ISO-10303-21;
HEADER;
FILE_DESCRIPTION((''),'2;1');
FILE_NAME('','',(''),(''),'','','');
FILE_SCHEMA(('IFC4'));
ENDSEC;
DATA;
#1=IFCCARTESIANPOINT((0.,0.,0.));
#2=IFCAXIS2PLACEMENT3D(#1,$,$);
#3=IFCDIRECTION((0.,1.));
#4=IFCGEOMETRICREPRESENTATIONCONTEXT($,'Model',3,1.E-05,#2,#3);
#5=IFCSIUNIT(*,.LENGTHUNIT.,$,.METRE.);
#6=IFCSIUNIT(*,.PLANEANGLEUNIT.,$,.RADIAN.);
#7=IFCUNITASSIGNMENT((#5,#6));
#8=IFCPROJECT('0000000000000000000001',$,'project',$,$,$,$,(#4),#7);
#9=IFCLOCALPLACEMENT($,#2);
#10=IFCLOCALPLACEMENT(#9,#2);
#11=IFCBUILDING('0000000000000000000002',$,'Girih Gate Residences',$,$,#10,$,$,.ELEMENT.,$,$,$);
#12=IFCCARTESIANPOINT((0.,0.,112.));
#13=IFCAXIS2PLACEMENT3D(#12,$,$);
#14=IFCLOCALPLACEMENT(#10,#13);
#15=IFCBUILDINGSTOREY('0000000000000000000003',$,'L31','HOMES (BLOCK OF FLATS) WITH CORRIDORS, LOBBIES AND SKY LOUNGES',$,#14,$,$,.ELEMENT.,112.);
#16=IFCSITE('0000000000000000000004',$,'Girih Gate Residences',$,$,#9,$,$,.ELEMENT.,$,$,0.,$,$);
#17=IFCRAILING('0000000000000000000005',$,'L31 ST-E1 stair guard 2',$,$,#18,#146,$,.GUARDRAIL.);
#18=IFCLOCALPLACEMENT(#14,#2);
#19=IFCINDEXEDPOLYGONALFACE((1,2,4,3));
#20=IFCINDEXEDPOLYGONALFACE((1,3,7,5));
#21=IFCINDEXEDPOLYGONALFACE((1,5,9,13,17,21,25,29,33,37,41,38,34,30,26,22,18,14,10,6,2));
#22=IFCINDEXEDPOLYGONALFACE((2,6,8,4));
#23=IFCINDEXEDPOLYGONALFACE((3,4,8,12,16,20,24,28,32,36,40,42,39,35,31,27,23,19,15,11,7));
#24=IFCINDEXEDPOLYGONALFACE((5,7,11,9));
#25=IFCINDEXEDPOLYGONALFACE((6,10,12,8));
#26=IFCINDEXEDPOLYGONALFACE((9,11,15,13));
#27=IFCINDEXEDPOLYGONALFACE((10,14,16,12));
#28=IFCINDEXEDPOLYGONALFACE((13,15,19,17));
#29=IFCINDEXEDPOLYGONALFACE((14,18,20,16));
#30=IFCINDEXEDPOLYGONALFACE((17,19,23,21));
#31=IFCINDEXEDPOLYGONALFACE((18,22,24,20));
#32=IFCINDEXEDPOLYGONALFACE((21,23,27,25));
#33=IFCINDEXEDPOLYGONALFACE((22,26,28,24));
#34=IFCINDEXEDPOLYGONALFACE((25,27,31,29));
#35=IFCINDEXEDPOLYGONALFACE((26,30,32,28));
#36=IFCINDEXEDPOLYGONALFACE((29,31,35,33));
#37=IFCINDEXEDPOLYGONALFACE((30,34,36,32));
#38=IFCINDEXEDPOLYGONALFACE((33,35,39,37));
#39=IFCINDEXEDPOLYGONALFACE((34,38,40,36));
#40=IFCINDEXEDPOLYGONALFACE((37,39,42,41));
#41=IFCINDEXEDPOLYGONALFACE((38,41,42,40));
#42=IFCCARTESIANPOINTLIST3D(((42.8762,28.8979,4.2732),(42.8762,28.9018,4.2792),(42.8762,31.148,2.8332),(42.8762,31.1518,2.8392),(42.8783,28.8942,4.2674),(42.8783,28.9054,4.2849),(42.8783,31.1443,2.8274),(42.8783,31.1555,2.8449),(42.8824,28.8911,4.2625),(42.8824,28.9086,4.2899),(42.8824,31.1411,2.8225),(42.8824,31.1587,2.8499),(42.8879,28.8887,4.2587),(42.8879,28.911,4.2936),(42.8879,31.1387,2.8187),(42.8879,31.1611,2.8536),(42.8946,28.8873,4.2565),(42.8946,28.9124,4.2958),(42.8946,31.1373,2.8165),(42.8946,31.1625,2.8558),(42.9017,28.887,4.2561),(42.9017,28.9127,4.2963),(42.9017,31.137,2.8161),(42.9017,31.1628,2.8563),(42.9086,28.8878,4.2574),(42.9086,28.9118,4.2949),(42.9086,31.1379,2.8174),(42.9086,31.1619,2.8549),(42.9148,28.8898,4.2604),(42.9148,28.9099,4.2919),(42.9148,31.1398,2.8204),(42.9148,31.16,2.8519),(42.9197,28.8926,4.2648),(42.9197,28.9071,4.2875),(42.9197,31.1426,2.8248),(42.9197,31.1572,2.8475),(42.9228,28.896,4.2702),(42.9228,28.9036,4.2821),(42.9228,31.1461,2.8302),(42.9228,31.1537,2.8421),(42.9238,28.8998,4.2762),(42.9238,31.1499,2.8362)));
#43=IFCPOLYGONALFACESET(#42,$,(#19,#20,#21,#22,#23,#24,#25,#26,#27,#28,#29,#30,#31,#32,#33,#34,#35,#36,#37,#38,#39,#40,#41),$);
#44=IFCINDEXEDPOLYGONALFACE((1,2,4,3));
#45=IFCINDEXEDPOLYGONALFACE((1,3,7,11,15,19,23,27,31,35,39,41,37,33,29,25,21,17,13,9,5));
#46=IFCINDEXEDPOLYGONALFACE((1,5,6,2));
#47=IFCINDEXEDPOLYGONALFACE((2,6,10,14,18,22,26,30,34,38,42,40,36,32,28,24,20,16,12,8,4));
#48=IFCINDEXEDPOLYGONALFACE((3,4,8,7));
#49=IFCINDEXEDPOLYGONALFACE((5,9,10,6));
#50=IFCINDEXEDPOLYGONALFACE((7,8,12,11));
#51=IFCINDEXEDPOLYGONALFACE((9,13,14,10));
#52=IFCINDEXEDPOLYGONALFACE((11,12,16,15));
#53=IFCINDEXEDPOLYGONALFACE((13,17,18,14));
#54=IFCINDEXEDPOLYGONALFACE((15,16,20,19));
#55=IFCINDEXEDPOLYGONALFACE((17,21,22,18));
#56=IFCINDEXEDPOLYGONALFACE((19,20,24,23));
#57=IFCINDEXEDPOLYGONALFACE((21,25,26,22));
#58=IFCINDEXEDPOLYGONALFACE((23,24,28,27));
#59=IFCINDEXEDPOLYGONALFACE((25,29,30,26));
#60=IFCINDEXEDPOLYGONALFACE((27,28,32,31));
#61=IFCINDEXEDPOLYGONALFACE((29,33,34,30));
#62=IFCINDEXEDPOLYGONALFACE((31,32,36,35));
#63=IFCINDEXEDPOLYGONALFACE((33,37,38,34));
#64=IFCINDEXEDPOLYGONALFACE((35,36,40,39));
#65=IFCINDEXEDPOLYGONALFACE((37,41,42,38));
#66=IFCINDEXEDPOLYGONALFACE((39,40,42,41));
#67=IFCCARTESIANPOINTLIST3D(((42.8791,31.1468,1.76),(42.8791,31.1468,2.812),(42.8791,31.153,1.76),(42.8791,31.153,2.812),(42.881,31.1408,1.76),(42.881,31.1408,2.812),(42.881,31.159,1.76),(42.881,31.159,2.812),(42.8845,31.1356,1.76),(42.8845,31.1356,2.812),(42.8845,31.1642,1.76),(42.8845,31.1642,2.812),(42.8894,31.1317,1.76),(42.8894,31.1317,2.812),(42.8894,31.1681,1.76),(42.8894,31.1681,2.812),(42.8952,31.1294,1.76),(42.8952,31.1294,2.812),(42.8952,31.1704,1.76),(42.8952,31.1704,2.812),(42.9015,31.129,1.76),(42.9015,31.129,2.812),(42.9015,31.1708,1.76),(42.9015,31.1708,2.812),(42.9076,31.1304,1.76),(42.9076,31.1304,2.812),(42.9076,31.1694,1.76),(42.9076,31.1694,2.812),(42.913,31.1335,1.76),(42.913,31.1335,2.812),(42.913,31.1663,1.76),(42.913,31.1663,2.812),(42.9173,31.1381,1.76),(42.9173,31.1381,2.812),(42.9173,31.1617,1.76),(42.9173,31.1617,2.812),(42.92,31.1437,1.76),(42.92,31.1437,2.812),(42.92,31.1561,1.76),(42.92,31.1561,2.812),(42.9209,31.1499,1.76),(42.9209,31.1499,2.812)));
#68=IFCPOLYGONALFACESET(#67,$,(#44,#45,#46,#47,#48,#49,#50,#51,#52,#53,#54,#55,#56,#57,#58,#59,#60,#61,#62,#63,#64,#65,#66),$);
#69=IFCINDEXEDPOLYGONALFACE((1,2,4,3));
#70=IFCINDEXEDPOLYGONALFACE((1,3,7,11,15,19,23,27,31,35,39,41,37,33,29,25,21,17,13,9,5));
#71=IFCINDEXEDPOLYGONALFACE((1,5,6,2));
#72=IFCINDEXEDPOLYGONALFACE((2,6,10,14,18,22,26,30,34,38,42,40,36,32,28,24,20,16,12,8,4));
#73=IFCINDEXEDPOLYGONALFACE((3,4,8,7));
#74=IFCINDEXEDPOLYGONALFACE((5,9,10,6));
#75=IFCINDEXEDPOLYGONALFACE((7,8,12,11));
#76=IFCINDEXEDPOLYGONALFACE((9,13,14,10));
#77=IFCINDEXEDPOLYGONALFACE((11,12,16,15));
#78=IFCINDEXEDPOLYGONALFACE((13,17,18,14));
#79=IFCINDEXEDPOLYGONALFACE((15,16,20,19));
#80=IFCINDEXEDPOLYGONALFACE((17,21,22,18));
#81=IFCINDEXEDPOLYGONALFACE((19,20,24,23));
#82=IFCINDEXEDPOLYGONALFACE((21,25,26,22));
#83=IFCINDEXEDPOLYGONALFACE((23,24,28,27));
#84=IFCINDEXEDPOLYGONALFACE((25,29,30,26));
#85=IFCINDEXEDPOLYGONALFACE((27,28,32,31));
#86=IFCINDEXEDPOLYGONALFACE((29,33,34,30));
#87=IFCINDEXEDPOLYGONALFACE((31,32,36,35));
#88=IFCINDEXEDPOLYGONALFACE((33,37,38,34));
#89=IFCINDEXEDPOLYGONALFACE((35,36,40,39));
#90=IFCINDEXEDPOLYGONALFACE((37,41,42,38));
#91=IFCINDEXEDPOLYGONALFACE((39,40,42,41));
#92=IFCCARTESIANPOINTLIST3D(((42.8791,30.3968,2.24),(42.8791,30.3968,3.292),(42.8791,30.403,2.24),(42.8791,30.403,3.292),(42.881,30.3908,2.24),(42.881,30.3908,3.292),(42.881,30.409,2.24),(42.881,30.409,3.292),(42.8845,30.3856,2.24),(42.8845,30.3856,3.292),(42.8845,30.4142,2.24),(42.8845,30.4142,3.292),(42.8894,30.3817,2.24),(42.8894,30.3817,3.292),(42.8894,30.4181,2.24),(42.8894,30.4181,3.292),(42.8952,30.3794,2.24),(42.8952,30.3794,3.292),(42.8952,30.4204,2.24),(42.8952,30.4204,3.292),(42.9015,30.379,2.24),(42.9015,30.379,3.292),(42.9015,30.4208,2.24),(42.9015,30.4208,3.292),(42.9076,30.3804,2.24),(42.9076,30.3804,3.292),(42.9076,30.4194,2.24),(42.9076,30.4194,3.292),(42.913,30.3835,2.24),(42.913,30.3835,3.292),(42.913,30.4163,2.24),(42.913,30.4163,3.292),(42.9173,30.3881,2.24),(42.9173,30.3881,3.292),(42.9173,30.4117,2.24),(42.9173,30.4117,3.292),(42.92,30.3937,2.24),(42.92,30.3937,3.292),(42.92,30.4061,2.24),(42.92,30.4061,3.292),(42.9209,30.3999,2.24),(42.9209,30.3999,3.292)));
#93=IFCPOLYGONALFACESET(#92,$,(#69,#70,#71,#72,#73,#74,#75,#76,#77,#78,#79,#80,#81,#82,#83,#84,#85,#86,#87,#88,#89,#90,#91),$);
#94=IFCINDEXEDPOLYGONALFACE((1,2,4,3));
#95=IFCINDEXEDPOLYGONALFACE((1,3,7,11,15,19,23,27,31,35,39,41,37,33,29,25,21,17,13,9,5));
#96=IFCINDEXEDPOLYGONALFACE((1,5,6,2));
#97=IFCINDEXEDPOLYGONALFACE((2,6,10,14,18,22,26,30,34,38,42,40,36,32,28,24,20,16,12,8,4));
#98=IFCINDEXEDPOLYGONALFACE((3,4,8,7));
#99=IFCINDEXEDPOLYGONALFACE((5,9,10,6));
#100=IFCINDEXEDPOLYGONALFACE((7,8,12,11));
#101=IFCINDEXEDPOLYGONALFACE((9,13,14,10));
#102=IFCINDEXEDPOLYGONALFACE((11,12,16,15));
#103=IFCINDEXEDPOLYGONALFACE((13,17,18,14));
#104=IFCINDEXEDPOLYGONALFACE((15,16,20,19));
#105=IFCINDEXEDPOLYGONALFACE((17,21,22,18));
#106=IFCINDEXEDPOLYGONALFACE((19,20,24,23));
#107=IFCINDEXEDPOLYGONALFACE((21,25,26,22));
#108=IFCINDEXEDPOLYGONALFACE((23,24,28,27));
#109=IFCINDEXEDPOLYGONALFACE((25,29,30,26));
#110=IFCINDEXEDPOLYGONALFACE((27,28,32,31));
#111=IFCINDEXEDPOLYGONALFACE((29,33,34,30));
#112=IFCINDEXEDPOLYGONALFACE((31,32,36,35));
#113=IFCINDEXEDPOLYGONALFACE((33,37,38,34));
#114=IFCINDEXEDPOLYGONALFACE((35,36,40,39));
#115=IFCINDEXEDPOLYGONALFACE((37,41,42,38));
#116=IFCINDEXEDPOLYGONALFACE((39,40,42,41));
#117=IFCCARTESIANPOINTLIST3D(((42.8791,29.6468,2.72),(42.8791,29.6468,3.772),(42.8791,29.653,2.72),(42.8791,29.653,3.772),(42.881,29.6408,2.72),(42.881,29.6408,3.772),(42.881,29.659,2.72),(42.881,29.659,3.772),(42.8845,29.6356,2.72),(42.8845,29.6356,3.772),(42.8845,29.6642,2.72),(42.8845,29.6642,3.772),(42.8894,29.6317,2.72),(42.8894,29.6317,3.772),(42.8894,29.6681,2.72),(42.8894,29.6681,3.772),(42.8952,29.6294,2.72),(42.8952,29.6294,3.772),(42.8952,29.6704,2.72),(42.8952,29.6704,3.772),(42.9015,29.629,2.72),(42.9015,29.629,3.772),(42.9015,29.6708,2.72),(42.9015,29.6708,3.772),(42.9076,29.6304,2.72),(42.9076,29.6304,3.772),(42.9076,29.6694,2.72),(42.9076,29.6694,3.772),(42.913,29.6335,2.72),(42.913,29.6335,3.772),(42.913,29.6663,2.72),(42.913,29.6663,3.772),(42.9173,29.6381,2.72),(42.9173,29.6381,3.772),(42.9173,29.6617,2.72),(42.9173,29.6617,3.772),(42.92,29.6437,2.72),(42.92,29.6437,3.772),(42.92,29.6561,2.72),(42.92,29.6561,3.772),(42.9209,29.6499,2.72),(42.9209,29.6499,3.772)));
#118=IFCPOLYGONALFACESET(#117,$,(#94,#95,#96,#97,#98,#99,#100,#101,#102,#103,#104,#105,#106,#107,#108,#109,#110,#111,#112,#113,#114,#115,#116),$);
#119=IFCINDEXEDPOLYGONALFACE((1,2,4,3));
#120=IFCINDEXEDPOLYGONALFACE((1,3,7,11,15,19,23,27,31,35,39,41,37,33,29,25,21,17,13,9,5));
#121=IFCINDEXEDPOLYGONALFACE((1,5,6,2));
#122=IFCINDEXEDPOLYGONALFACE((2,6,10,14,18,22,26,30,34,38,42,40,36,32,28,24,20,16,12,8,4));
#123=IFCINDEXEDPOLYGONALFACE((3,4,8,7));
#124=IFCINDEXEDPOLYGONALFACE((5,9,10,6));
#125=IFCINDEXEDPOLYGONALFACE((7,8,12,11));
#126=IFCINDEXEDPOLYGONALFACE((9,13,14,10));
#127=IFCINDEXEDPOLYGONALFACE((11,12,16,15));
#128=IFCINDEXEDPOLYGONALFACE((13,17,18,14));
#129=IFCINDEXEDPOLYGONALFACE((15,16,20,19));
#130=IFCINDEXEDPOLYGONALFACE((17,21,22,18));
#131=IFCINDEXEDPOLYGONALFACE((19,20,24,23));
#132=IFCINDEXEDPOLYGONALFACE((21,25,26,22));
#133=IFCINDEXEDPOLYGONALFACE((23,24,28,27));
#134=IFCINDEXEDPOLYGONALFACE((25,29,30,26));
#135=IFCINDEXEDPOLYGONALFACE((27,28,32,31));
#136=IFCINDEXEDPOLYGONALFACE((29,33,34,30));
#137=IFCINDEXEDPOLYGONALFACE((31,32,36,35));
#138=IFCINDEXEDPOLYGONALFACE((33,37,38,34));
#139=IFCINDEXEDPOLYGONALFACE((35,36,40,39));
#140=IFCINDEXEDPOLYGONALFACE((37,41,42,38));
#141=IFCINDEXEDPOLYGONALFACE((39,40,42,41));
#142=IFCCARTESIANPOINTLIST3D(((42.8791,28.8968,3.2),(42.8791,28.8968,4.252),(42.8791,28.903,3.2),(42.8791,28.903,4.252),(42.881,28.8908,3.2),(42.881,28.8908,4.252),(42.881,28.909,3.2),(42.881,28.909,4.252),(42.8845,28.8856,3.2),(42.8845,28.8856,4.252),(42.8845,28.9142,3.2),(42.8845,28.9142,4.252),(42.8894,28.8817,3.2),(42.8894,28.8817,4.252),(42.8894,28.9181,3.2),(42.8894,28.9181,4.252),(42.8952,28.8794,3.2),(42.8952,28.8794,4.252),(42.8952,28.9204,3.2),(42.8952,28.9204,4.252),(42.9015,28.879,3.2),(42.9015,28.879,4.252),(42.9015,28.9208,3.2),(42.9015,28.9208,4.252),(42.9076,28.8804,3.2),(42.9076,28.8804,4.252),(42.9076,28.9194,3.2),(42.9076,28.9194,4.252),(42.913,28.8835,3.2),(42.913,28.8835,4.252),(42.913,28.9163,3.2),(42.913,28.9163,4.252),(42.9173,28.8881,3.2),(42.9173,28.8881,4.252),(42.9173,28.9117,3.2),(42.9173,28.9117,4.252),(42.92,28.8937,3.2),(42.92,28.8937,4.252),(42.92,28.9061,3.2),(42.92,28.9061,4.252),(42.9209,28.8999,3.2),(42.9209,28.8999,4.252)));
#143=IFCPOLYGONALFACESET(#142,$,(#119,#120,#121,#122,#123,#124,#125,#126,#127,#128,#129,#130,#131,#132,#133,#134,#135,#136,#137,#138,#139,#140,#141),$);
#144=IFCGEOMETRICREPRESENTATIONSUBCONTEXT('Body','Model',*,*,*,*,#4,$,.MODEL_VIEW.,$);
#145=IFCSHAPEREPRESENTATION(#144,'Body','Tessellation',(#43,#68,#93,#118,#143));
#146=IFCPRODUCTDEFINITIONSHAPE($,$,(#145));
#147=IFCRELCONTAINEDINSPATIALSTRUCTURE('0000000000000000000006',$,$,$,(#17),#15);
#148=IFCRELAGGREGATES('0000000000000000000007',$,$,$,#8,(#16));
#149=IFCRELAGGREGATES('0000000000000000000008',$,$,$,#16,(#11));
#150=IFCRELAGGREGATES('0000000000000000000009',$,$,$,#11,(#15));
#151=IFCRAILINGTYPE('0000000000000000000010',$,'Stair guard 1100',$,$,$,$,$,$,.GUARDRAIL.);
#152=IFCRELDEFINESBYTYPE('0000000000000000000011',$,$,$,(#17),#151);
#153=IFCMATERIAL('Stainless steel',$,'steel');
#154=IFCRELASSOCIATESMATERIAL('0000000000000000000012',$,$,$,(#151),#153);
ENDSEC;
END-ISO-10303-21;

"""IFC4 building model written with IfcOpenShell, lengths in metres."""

from ifc_helpers import new_model, si_unit, direction, frame, origin, origin_2d, place, context, subcontext, project, spatial, circle, extrude, material, type_object, element, save


model = new_model("IFC4")

# Units and contexts
model_context = context("Model", 3, precision=1e-05, world=origin(), true_north=direction((0.0, 1.0)))
body_context = subcontext(model_context, "Body", "Model", "MODEL_VIEW")
ifc_project = project(units=[si_unit("LENGTHUNIT", "METRE"), si_unit("PLANEANGLEUNIT", "RADIAN")], contexts=[model_context])

# Site, building, storey
site_placement = place(None, origin())
site = spatial("IfcSite", under=ifc_project, at=site_placement, Name="Girih Gate Residences", CompositionType="ELEMENT", RefElevation=0.0)
building_placement = place(site_placement, origin())
building = spatial("IfcBuilding", under=site, at=building_placement, Name="Girih Gate Residences", CompositionType="ELEMENT")
storey_placement = place(building_placement, frame((0.0, 0.0, 112.0)))
storey = spatial("IfcBuildingStorey", under=building, at=storey_placement, Name="L31", Description="HOMES (BLOCK OF FLATS) WITH CORRIDORS, LOBBIES AND SKY LOUNGES", CompositionType="ELEMENT", Elevation=112.0)

# Railing
ifc_material_1 = material(Name="Stainless steel", Category="steel")
railing_type_1 = type_object("IfcRailingType", Name="Stair guard 1100", PredefinedType="GUARDRAIL", material=ifc_material_1)
railing_1_placement = place(storey_placement, frame((42.8999, 31.1499, 1.76)))
element("IfcRailing", 1, at=railing_1_placement, inside=storey, type_object=railing_type_1, Name="L31 ST-E1 stair guard 2", PredefinedType="GUARDRAIL", context=body_context, shape_type="SweptSolid", body=[
    extrude(circle(Radius=0.0239, at=origin_2d()), frame((0.0, 0.0, 1.0762), z_axis=(0.0, -0.842281, 0.539038), x_axis=(1.0, 0.0, 0.0)), (0.0, 0.0, 1.0), 2.6714),
    extrude(circle(Radius=0.021, at=origin_2d()), origin(), (0.0, 0.0, 1.0), 1.052),
    extrude(circle(Radius=0.021, at=origin_2d()), frame((0.0, -0.75, 0.48)), (0.0, 0.0, 1.0), 1.052),
    extrude(circle(Radius=0.021, at=origin_2d()), frame((0.0, -1.5, 0.96)), (0.0, 0.0, 1.0), 1.052),
    extrude(circle(Radius=0.021, at=origin_2d()), frame((0.0, -2.25, 1.4399)), (0.0, 0.0, 1.0), 1.052),
])

save(model, "model.ifc")
